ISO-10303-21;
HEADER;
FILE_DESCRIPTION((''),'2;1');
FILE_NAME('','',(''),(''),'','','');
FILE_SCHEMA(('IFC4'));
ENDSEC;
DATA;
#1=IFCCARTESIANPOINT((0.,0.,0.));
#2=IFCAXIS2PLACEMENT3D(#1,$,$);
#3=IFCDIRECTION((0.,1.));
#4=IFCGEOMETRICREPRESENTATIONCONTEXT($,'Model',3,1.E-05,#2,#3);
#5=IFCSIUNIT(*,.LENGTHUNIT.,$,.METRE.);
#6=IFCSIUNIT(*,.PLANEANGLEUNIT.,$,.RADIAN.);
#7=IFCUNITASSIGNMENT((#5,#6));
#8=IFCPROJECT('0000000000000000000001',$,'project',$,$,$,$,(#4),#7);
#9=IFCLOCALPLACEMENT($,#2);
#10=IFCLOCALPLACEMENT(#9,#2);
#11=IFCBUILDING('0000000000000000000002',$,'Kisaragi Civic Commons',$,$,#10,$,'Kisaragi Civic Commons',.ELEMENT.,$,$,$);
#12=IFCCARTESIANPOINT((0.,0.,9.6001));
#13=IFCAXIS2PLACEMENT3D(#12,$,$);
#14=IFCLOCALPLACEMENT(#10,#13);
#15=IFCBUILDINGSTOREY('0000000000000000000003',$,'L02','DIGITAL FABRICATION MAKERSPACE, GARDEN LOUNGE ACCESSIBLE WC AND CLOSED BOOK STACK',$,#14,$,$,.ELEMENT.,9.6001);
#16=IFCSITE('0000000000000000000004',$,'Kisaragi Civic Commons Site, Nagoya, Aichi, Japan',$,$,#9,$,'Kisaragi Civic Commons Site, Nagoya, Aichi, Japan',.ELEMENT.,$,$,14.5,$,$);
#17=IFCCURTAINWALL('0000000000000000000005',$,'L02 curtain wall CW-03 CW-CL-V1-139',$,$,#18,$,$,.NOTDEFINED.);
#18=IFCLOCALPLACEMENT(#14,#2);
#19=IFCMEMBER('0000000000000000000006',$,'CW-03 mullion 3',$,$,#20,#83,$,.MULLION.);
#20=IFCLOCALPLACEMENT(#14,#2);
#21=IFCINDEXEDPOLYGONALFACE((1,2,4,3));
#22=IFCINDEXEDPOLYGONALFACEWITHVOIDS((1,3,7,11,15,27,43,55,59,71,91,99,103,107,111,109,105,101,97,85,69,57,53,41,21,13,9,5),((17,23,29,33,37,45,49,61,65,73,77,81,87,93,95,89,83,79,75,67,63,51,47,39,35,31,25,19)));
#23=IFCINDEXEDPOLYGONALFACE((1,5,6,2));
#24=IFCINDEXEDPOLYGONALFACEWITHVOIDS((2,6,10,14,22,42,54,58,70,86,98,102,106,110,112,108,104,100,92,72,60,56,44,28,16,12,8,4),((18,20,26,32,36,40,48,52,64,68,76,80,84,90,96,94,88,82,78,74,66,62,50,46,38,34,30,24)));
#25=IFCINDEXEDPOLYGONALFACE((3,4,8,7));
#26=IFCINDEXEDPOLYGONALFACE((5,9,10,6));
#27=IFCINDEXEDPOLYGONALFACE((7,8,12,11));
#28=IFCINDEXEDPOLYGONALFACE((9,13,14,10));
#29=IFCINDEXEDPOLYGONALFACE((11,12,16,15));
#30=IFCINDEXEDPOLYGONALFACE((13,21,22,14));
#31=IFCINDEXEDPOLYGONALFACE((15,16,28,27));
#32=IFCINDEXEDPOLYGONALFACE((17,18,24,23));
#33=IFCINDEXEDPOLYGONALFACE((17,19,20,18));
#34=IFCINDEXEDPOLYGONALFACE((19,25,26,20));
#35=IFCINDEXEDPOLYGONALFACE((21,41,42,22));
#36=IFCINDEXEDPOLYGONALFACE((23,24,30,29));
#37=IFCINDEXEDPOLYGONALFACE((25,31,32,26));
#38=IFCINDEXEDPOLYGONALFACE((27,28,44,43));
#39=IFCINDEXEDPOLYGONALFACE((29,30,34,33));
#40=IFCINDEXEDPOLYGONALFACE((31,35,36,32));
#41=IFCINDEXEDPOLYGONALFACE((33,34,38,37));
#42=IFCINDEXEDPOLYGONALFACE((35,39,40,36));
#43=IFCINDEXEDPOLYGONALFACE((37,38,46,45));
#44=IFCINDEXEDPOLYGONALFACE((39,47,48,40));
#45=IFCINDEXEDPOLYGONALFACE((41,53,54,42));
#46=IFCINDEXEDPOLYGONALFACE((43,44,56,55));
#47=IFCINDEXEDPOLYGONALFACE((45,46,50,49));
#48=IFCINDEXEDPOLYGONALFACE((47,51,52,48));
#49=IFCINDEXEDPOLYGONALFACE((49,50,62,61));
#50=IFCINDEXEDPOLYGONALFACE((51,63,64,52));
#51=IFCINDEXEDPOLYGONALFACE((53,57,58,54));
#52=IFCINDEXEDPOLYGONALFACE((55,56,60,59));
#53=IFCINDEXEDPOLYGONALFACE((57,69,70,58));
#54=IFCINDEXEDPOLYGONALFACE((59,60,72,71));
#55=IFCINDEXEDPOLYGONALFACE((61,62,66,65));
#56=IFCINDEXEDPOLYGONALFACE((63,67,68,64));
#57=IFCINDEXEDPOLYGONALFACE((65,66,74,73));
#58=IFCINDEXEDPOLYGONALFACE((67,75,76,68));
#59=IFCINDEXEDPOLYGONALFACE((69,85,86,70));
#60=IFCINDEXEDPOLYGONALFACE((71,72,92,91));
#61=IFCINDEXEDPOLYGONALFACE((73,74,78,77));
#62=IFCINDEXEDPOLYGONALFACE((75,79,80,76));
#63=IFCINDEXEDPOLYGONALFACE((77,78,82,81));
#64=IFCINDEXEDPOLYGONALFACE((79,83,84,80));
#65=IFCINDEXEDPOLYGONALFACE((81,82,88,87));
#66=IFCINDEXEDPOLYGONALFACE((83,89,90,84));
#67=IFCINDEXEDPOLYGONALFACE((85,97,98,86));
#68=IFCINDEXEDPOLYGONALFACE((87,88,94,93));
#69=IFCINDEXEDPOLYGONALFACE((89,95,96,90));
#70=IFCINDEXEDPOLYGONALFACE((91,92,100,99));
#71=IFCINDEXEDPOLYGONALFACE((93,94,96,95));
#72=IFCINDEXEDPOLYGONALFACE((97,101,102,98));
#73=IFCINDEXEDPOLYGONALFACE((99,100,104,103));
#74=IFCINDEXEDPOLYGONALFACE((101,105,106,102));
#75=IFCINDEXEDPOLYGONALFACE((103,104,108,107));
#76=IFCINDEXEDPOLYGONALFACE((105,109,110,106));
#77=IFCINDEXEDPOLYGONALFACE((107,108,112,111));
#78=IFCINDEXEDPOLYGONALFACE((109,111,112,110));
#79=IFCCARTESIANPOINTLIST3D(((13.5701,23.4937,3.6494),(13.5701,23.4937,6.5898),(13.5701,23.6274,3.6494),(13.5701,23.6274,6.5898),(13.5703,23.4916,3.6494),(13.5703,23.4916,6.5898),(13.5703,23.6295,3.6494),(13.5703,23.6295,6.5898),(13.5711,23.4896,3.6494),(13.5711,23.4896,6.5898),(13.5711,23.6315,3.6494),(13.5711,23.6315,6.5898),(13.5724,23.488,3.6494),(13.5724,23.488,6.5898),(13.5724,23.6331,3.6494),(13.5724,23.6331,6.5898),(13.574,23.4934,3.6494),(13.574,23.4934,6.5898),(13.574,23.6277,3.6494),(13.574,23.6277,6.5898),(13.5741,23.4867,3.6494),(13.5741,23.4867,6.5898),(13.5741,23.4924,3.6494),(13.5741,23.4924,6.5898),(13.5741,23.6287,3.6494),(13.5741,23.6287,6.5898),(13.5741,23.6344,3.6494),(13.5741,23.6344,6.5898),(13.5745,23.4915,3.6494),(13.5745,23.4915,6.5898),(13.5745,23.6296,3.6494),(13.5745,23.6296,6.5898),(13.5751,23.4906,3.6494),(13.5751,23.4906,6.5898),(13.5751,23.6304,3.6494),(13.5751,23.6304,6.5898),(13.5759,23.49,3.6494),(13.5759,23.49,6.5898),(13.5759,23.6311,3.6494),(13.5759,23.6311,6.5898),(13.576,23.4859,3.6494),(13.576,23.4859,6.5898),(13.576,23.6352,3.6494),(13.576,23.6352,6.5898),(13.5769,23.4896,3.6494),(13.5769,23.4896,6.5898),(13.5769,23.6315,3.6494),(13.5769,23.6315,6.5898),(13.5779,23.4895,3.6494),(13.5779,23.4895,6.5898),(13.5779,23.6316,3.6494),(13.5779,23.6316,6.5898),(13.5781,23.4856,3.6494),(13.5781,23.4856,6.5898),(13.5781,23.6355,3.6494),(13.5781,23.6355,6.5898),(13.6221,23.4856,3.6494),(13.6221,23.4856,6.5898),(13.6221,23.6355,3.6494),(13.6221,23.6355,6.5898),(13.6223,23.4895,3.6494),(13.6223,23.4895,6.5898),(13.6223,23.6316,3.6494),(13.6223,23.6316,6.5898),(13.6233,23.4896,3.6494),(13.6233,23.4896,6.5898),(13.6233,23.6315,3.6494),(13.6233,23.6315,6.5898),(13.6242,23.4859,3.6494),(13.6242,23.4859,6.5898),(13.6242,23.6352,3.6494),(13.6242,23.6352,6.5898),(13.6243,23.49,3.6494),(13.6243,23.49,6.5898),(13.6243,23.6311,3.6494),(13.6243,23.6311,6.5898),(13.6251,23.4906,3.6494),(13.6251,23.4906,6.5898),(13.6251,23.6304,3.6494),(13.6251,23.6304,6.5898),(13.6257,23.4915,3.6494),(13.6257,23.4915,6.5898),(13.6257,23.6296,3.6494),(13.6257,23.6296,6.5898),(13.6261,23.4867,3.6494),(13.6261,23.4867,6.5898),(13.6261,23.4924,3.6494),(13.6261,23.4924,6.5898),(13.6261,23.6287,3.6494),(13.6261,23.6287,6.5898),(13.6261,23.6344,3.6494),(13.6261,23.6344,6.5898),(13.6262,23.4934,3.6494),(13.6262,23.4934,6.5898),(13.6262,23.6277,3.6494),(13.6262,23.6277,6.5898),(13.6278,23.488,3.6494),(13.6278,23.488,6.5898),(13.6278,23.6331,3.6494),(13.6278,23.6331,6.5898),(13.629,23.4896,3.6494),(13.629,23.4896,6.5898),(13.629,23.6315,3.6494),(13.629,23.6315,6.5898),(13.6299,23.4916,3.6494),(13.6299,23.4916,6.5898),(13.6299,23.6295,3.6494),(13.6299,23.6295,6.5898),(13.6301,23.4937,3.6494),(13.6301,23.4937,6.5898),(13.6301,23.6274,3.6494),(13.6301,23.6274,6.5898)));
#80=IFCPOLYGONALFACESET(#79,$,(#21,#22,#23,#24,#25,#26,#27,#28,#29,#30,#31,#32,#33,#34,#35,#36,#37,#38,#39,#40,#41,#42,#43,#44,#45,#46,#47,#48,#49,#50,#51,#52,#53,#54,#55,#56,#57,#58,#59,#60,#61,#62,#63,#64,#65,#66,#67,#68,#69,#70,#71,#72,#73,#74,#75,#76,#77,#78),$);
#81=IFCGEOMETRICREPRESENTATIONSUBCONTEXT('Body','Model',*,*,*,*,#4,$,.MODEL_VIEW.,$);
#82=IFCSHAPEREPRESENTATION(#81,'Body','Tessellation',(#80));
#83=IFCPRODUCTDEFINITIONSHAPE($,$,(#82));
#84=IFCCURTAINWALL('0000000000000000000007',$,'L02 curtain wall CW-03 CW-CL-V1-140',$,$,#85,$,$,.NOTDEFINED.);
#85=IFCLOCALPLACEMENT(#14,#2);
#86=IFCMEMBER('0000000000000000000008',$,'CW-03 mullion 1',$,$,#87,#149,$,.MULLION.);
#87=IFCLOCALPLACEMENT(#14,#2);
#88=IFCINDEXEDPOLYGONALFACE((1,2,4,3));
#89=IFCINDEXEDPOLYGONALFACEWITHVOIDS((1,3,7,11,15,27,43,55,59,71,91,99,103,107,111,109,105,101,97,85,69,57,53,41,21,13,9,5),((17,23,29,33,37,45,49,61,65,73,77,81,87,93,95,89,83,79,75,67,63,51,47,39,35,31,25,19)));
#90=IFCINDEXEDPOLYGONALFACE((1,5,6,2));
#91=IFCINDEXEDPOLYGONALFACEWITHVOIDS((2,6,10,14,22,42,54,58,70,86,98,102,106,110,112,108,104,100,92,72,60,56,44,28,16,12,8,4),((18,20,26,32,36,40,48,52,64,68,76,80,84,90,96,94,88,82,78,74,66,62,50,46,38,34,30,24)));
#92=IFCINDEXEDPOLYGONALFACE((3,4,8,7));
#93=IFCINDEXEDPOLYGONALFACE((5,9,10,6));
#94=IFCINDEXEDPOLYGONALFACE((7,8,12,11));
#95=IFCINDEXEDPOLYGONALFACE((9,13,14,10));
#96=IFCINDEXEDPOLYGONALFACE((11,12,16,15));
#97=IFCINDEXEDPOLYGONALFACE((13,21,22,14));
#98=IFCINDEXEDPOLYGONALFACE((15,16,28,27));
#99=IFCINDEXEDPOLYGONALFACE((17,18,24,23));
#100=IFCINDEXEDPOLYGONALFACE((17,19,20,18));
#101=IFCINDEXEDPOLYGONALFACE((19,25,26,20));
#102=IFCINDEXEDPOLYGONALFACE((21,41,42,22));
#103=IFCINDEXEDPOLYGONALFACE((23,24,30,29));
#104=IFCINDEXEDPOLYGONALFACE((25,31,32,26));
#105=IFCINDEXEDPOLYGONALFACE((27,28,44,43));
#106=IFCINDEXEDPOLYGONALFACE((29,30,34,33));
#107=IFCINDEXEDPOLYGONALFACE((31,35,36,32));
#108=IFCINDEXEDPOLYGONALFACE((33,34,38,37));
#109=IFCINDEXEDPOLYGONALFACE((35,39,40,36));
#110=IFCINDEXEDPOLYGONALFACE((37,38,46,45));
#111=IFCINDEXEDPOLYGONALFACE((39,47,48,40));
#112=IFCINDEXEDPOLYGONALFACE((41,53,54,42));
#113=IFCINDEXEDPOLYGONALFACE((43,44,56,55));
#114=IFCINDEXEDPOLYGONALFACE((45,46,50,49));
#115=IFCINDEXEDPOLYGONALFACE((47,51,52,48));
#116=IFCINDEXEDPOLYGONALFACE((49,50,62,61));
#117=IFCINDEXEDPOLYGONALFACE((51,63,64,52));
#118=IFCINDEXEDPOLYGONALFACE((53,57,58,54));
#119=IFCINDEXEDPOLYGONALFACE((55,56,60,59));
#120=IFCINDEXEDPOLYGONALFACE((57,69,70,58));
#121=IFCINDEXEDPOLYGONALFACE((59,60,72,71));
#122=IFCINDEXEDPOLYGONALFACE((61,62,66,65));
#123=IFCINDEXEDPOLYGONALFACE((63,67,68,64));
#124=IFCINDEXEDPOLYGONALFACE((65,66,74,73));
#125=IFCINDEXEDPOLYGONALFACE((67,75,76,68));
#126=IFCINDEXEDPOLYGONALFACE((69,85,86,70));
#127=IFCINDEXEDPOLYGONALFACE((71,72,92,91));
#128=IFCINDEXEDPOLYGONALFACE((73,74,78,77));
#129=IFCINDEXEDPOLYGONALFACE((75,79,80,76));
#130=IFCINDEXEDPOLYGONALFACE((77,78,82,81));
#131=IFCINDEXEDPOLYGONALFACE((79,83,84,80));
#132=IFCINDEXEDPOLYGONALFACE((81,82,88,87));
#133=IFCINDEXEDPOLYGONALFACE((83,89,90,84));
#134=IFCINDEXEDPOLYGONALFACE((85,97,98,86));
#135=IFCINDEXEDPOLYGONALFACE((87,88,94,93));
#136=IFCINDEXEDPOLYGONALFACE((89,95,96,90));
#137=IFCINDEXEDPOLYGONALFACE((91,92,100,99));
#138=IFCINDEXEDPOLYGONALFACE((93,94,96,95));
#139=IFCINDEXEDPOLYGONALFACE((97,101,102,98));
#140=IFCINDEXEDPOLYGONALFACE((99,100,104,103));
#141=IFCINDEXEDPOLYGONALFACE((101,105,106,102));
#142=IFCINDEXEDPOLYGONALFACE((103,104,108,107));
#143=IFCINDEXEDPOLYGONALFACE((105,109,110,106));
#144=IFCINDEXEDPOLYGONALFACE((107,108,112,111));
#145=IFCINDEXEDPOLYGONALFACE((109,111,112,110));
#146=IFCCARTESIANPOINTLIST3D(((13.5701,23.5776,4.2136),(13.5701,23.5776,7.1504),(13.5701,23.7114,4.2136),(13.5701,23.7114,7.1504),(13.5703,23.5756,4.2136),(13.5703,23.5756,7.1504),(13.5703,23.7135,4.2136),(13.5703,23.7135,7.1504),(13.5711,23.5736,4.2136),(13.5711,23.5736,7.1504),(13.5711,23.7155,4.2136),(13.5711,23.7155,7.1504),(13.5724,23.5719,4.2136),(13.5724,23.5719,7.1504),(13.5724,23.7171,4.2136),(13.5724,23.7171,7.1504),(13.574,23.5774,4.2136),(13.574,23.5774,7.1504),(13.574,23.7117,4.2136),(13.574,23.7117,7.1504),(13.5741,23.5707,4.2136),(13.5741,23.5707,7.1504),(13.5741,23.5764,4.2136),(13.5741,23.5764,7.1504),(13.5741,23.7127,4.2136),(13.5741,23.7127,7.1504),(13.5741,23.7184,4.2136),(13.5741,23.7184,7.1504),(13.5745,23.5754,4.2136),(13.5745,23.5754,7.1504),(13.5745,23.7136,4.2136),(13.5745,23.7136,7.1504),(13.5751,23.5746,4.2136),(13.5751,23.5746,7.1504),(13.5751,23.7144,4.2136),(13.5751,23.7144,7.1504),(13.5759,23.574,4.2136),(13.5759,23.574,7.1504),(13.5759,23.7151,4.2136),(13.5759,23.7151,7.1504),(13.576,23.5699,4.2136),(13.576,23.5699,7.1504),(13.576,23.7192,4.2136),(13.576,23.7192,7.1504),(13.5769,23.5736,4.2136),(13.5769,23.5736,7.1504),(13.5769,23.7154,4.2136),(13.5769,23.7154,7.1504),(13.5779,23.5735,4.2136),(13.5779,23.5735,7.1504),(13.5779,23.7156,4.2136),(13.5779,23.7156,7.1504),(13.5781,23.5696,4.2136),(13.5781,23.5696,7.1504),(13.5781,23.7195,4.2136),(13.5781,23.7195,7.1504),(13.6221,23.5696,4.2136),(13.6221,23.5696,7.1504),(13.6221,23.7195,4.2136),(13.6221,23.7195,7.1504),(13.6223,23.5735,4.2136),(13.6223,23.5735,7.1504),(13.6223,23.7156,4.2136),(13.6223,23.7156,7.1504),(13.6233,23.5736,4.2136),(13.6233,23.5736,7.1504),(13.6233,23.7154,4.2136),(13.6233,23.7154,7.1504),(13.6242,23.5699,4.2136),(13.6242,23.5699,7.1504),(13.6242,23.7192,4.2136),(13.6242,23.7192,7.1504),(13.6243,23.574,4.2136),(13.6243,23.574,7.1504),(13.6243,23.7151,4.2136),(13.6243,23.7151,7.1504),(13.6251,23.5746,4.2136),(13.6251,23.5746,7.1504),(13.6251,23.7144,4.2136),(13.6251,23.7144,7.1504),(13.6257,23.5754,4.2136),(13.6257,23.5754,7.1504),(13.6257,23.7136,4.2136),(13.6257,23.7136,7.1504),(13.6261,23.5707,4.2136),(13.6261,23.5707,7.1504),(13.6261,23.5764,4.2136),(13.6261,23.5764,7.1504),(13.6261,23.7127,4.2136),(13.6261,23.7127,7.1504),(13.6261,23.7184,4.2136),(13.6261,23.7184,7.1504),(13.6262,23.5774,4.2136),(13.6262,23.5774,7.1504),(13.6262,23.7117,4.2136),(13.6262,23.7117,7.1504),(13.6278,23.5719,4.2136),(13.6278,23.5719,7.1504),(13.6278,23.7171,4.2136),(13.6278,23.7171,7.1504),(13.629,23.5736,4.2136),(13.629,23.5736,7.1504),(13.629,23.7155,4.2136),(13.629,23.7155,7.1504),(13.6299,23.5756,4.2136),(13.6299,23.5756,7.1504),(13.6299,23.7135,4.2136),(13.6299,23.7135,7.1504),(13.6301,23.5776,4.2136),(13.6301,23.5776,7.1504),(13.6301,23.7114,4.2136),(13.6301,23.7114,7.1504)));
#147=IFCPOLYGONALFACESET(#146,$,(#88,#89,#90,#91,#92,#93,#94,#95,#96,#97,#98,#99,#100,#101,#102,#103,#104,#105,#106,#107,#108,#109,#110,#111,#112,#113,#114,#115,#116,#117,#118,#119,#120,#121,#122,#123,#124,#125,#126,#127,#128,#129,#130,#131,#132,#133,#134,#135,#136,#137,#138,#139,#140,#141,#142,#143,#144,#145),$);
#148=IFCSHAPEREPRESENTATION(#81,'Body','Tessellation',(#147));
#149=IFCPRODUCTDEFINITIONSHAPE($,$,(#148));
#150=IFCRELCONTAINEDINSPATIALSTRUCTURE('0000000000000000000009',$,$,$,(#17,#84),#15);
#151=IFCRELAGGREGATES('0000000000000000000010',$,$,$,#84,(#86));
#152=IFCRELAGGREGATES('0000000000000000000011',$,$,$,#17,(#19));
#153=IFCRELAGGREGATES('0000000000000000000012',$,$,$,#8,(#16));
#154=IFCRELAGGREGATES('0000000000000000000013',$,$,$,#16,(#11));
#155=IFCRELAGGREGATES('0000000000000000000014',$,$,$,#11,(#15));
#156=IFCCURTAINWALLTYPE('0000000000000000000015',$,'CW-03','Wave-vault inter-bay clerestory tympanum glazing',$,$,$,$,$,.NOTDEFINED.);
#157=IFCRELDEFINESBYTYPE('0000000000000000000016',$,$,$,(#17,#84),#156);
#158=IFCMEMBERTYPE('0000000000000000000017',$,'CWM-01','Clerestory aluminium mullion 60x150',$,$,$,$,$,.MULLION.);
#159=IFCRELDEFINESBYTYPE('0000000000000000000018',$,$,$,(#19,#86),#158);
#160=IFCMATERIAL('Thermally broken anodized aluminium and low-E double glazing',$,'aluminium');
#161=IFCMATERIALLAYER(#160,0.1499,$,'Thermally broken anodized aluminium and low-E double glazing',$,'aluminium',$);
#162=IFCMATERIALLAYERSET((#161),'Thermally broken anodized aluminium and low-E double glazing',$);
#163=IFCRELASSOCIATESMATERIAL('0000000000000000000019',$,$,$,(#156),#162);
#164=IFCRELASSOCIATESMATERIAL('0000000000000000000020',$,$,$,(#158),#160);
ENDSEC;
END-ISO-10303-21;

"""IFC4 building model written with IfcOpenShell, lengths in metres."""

from ifc_helpers import new_model, si_unit, direction, frame, origin, origin_2d, place, context, subcontext, project, spatial, hollow_rectangle, extrude, material, layer, layer_set, material_profile, profile_set, type_object, element, aggregate, save


model = new_model("IFC4")

# Units and contexts
model_context = context("Model", 3, precision=1e-05, world=origin(), true_north=direction((0.0, 1.0)))
body_context = subcontext(model_context, "Body", "Model", "MODEL_VIEW")
ifc_project = project(units=[si_unit("LENGTHUNIT", "METRE"), si_unit("PLANEANGLEUNIT", "RADIAN")], contexts=[model_context])

# Site, building, storey
site_placement = place(None, origin())
site = spatial("IfcSite", under=ifc_project, at=site_placement, Name="Kisaragi Civic Commons Site, Nagoya, Aichi, Japan", LongName="Kisaragi Civic Commons Site, Nagoya, Aichi, Japan", CompositionType="ELEMENT", RefElevation=14.5)
building_placement = place(site_placement, origin())
building = spatial("IfcBuilding", under=site, at=building_placement, Name="Kisaragi Civic Commons", LongName="Kisaragi Civic Commons", CompositionType="ELEMENT")
storey_placement = place(building_placement, frame((0.0, 0.0, 9.6001)))
storey = spatial("IfcBuildingStorey", under=building, at=storey_placement, Name="L02", Description="DIGITAL FABRICATION MAKERSPACE, GARDEN LOUNGE ACCESSIBLE WC AND CLOSED BOOK STACK", CompositionType="ELEMENT", Elevation=9.6001)

# Curtain wall, member
ifc_material_1 = material(Name="Thermally broken anodized aluminium and low-E double glazing", Category="aluminium")
ifc_layer_1 = layer(ifc_material_1, 0.1499, Name="Thermally broken anodized aluminium and low-E double glazing", Category="aluminium")
ifc_layer_set_1 = layer_set([ifc_layer_1], Name="Thermally broken anodized aluminium and low-E double glazing")
curtain_wall_type = type_object("IfcCurtainWallType", Name="CW-03", Description="Wave-vault inter-bay clerestory tympanum glazing", PredefinedType="NOTDEFINED", material=ifc_layer_set_1)
curtain_wall_1_placement = place(storey_placement, origin())
curtain_wall_1 = element("IfcCurtainWall", 1, at=curtain_wall_1_placement, inside=storey, type_object=curtain_wall_type, Name="L02 curtain wall CW-03 CW-CL-V1-139", PredefinedType="NOTDEFINED")
ifc_material_profile_1 = material_profile(ifc_material_1, hollow_rectangle(XDim=0.0601, YDim=0.1499, WallThickness=0.0039, InnerFilletRadius=0.0039, OuterFilletRadius=0.0081, at=origin_2d()), Name="CWM-60x150x4", Category="aluminium")
ifc_profile_set_1 = profile_set([ifc_material_profile_1], Name="Thermally broken anodized aluminium and low-E double glazing")
member_type_1 = type_object("IfcMemberType", Name="CWM-01", Description="Clerestory aluminium mullion 60x150", PredefinedType="MULLION", material=ifc_profile_set_1)
member_1_placement = place(storey_placement, frame((13.6001, 23.5605, 3.6494), z_axis=(0.0, 0.0, 1.0), x_axis=(-1.0, 0.0, 0.0)))
member_1 = element("IfcMember", 2, at=member_1_placement, type_object=member_type_1, Name="CW-03 mullion 3", PredefinedType="MULLION", context=body_context, shape_type="SweptSolid", body=[
    extrude(hollow_rectangle(XDim=0.0601, YDim=0.1499, WallThickness=0.0039, InnerFilletRadius=0.0039, OuterFilletRadius=0.0081, at=origin_2d()), origin(), (0.0, 0.0, 1.0), 2.9404),
])

# Curtain wall, member
curtain_wall_2_placement = place(storey_placement, origin())
curtain_wall_2 = element("IfcCurtainWall", 3, at=curtain_wall_2_placement, inside=storey, type_object=curtain_wall_type, Name="L02 curtain wall CW-03 CW-CL-V1-140", PredefinedType="NOTDEFINED")
member_2_placement = place(storey_placement, frame((13.6001, 23.6445, 4.2136), z_axis=(0.0, 0.0, 1.0), x_axis=(-1.0, 0.0, 0.0)))
member_2 = element("IfcMember", 4, at=member_2_placement, type_object=member_type_1, Name="CW-03 mullion 1", PredefinedType="MULLION", context=body_context, shape_type="SweptSolid", body=[
    extrude(hollow_rectangle(XDim=0.0601, YDim=0.1499, WallThickness=0.0039, InnerFilletRadius=0.0039, OuterFilletRadius=0.0081, at=origin_2d()), origin(), (0.0, 0.0, 1.0), 2.9368),
])

aggregate(curtain_wall_2, [member_2])

aggregate(curtain_wall_1, [member_1])

save(model, "model.ifc")
